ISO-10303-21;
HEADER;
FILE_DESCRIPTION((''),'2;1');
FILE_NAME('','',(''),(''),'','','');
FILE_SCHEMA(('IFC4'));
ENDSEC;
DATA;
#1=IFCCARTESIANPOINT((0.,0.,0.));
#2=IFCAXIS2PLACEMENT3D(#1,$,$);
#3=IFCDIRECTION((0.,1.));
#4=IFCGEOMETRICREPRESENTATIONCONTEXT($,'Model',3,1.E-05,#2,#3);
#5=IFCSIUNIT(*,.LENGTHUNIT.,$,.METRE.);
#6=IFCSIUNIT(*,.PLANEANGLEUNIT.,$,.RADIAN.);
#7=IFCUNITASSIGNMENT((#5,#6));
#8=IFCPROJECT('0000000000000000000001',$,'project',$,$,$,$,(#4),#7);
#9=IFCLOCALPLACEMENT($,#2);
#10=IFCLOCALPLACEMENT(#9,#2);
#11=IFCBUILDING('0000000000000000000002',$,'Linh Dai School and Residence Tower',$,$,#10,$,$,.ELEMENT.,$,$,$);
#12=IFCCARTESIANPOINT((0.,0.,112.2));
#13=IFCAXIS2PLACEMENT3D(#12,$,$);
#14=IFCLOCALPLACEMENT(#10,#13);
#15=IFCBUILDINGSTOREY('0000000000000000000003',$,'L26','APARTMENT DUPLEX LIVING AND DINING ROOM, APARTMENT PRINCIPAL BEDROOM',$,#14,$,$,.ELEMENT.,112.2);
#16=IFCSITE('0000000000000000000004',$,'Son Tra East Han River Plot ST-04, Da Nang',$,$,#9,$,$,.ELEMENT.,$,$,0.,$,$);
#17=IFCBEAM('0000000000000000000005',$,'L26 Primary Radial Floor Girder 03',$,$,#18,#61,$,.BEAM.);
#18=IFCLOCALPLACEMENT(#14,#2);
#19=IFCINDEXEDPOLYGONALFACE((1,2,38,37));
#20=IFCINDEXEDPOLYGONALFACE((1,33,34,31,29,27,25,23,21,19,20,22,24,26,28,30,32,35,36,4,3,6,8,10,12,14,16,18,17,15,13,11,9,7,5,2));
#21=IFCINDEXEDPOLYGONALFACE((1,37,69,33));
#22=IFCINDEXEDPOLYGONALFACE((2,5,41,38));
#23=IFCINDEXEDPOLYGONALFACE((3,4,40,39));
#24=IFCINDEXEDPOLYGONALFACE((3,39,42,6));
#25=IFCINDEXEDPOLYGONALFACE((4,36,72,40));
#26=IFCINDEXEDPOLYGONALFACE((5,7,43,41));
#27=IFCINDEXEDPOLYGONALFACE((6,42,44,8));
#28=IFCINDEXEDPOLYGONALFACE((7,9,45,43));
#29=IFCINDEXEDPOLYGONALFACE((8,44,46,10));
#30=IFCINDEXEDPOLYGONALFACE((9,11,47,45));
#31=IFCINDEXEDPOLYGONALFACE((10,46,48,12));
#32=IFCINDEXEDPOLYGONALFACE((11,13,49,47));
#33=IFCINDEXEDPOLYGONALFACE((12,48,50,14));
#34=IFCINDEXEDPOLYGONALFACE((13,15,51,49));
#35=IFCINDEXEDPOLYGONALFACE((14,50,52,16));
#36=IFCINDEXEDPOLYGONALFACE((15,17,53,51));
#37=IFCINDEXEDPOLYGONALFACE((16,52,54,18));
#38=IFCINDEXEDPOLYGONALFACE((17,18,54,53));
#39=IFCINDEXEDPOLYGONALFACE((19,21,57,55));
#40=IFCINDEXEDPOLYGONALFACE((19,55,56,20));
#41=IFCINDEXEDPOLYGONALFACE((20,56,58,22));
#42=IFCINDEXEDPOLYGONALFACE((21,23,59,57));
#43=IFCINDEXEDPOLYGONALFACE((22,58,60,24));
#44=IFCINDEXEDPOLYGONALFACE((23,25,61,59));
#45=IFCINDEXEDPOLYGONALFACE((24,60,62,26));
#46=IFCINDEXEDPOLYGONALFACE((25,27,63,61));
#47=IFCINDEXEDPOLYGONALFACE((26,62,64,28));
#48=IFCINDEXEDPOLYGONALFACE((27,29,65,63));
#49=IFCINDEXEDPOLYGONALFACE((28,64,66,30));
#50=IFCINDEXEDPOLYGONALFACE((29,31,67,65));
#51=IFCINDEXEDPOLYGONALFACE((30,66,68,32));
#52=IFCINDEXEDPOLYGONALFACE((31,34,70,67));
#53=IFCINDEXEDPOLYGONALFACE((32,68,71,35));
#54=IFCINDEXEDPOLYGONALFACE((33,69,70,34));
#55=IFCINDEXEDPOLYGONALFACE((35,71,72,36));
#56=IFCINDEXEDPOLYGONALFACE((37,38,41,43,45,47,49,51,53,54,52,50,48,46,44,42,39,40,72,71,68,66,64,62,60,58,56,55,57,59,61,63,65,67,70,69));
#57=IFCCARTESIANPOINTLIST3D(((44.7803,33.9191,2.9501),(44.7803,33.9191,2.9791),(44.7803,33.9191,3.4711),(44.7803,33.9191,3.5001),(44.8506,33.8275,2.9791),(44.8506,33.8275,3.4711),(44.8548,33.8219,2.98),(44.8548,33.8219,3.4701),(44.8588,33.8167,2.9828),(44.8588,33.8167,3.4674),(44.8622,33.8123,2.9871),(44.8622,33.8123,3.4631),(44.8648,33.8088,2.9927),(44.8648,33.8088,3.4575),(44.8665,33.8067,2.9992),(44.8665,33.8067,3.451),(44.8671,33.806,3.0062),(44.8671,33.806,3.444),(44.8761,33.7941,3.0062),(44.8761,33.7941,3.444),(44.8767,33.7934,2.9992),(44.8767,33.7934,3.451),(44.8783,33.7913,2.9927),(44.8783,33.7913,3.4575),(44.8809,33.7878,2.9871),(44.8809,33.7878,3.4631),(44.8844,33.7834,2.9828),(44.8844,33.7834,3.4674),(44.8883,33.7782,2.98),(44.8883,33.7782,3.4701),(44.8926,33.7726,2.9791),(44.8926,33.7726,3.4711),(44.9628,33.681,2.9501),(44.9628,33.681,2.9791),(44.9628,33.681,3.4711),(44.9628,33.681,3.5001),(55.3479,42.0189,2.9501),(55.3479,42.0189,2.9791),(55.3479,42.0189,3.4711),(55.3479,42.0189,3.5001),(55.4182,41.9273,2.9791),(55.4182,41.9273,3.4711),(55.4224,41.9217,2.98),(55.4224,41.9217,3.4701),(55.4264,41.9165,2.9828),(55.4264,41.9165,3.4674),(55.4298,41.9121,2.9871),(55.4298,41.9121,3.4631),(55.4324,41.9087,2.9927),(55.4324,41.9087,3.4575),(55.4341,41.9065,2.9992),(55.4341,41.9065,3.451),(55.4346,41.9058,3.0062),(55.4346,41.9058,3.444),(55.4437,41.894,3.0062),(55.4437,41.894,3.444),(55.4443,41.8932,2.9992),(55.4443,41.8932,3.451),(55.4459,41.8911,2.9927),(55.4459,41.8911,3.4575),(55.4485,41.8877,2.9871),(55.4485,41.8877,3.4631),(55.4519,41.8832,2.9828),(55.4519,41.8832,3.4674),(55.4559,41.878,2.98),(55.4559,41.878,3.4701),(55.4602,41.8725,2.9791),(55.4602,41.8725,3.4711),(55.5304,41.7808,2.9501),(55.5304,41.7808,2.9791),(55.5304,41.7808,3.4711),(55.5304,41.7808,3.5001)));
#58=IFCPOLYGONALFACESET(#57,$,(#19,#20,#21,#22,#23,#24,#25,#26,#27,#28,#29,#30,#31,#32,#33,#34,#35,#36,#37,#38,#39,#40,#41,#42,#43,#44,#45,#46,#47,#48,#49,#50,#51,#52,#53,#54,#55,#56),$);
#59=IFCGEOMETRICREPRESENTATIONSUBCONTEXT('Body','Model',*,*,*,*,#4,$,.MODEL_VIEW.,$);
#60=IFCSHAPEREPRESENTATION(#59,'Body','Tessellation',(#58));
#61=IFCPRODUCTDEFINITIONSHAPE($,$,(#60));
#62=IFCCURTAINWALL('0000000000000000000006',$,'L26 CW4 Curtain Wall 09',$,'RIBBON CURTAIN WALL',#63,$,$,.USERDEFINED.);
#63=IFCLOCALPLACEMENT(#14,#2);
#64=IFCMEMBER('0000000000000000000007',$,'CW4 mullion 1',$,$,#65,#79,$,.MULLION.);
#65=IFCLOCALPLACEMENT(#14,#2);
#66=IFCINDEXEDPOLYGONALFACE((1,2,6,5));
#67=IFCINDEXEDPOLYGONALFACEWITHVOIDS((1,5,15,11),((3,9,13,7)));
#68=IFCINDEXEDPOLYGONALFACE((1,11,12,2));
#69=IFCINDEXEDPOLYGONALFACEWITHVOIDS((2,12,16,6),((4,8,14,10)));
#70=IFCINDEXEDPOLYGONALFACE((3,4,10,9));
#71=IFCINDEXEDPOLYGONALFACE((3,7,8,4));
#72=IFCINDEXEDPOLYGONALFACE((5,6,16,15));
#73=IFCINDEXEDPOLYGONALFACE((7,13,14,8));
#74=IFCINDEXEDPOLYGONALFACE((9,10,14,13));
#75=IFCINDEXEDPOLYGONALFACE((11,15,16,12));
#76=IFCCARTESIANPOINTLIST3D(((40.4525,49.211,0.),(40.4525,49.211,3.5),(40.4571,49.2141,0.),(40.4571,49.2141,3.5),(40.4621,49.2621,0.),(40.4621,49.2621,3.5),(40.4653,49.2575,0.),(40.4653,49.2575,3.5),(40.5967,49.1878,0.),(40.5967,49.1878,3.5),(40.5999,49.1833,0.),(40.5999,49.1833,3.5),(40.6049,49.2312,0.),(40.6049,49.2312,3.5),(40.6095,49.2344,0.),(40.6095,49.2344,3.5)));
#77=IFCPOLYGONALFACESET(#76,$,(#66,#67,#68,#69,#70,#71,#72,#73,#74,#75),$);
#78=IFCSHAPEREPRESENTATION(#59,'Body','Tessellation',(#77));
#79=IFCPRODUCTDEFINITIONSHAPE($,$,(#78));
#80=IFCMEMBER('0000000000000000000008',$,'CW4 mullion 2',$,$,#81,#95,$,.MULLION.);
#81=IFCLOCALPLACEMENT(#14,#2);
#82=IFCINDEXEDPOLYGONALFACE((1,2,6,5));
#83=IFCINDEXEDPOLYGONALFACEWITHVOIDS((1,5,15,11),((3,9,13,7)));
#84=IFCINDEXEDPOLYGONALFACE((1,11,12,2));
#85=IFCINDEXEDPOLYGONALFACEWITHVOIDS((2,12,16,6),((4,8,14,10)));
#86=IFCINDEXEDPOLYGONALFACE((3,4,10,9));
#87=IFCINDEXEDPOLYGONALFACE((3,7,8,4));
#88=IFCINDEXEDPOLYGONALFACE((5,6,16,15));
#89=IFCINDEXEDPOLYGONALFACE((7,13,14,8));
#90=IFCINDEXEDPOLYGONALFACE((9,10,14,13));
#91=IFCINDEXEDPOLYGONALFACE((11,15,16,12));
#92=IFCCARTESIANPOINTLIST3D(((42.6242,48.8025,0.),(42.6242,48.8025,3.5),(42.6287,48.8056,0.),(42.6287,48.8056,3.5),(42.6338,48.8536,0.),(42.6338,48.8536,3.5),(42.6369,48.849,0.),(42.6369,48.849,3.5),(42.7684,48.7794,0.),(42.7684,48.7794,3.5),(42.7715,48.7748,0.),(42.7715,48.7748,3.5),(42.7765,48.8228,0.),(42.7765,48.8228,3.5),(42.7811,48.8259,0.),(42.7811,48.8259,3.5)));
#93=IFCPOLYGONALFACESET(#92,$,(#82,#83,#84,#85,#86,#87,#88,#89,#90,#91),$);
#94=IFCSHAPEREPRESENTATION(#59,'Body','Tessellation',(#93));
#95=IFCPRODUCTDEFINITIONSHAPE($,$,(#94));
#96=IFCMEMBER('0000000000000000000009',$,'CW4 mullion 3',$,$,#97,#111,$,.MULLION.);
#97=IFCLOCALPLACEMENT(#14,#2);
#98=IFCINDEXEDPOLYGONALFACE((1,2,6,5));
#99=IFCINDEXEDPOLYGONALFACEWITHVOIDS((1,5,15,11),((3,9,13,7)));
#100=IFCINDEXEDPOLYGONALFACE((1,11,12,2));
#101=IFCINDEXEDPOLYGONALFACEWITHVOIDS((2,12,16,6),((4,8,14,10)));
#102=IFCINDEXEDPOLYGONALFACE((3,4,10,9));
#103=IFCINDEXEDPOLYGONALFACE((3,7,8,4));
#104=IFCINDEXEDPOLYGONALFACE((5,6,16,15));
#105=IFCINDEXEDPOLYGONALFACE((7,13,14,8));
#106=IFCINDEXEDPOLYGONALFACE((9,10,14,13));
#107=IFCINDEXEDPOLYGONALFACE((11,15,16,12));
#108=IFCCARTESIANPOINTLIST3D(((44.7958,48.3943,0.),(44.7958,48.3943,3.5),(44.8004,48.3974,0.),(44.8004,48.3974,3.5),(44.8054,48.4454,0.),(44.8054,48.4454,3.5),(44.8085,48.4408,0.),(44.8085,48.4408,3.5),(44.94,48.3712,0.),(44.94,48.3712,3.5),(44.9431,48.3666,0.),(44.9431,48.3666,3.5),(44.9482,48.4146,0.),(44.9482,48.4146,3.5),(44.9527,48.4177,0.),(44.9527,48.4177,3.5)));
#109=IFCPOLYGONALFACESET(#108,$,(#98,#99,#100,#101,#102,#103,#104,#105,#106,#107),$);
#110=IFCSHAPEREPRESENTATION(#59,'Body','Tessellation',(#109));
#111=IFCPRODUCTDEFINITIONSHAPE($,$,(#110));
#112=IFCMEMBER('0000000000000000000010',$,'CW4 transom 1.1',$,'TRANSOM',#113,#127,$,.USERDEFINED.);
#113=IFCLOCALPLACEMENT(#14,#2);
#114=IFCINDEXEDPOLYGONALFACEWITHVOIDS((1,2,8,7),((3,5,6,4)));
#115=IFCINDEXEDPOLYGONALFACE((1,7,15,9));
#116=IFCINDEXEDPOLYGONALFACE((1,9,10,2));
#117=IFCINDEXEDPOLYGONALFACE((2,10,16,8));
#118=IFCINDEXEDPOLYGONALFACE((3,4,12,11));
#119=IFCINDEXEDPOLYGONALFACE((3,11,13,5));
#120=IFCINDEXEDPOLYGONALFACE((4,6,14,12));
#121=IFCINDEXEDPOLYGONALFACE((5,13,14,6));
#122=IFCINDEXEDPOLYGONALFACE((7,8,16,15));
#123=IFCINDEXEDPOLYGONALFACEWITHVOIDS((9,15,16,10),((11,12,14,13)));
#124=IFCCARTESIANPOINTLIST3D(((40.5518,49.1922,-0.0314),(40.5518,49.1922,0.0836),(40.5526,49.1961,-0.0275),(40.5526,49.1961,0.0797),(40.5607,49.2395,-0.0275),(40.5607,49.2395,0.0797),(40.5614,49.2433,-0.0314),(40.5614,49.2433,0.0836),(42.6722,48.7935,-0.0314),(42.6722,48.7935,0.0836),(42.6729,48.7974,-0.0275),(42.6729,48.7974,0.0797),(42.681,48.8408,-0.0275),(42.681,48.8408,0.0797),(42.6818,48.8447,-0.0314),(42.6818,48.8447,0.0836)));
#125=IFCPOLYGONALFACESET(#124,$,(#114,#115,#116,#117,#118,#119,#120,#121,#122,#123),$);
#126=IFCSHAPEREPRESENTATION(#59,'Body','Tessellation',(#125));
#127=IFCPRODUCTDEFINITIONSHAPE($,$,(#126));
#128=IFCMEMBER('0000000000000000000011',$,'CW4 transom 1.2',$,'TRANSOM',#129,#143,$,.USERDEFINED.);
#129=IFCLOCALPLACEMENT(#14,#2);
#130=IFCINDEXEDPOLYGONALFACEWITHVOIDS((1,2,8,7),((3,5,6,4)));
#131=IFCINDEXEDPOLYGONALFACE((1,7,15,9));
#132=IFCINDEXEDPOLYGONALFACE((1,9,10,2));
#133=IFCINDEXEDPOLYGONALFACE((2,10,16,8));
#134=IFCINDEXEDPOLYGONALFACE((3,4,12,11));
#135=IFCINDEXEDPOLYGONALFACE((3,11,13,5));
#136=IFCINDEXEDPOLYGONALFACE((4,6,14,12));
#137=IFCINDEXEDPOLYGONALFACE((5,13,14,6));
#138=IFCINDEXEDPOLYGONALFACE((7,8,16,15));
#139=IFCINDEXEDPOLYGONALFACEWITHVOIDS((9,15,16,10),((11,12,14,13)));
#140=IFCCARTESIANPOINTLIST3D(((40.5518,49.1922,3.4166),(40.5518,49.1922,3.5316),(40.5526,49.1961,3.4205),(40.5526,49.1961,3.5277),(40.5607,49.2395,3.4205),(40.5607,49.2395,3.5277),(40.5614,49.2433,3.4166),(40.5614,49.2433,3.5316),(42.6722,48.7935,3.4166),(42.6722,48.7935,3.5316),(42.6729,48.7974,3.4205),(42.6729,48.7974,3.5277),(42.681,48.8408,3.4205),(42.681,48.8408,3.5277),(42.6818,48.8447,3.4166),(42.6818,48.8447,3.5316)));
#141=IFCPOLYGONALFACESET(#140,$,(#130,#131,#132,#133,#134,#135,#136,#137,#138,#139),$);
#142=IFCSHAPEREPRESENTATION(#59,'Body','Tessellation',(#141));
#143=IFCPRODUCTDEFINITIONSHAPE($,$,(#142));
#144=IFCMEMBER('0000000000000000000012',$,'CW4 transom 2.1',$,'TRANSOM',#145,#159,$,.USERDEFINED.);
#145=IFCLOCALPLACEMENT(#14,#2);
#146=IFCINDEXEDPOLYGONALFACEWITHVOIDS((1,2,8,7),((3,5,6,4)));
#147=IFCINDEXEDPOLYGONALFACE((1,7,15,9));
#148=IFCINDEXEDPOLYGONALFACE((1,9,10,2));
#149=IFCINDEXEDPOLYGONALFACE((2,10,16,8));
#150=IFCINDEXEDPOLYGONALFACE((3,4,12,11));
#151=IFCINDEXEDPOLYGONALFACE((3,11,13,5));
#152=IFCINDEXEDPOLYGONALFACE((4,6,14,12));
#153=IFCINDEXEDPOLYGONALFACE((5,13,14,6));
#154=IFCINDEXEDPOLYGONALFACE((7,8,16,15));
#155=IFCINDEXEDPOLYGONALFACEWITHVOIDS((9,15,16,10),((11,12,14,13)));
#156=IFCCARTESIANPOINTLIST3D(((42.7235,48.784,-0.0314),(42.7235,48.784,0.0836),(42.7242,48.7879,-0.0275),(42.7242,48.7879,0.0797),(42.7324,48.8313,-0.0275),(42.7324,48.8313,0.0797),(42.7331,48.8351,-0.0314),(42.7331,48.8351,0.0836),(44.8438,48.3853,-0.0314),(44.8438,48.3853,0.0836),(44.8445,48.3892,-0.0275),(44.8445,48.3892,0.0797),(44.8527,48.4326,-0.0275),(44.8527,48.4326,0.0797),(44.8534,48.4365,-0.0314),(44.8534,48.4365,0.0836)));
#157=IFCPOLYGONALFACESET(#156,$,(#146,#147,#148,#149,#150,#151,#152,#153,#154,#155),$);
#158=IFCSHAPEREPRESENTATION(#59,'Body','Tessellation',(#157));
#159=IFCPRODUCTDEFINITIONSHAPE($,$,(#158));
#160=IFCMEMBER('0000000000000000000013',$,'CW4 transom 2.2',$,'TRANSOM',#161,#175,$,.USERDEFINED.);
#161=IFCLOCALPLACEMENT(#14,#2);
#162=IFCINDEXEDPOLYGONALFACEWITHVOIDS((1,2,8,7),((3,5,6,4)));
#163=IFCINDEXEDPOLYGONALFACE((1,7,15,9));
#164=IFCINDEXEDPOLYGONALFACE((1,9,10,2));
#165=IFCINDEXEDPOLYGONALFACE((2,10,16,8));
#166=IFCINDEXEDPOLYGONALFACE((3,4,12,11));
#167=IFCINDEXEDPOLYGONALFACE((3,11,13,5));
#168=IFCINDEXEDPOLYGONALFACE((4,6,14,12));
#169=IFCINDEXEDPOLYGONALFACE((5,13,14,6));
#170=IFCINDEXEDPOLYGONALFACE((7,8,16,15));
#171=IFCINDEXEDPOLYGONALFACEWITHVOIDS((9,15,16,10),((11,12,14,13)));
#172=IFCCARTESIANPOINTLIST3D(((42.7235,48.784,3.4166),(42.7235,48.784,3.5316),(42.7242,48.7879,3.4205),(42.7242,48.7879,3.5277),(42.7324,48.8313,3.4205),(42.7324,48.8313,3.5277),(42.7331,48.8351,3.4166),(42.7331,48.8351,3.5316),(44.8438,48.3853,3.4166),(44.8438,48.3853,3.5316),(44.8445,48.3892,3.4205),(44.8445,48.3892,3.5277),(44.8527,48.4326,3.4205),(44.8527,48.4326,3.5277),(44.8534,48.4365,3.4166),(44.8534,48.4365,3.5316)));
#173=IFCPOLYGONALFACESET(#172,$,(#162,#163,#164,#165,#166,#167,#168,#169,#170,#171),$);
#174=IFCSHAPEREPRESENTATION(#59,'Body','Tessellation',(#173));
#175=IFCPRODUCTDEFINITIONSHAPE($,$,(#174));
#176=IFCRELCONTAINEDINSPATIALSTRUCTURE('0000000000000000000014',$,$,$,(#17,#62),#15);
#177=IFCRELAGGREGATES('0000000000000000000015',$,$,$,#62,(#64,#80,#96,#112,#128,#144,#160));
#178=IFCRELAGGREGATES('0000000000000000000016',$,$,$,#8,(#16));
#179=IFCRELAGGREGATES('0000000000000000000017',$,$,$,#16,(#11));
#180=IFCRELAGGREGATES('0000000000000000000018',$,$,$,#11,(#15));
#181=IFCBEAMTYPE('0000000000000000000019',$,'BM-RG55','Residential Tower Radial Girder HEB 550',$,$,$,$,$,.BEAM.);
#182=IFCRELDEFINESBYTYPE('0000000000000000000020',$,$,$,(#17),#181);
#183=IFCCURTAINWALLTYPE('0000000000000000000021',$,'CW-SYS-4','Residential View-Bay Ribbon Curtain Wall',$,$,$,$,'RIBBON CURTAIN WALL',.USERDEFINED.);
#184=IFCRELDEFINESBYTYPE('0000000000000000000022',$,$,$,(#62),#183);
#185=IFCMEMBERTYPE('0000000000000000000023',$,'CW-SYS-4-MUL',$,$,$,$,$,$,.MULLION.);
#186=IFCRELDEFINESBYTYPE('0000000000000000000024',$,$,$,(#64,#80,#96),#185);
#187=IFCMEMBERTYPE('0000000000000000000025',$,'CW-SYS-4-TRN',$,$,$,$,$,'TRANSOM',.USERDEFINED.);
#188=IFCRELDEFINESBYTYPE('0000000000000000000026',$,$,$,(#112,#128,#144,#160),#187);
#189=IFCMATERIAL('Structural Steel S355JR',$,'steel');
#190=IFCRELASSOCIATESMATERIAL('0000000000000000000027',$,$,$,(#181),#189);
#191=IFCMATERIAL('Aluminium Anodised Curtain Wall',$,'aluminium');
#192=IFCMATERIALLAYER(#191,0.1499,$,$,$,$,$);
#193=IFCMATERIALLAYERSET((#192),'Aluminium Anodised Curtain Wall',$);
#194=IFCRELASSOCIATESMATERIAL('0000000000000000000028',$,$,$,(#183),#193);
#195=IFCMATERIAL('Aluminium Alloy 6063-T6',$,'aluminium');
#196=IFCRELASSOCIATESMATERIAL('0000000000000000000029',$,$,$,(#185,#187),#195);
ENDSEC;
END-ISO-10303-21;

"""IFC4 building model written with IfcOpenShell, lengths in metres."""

from ifc_helpers import new_model, si_unit, direction, frame, origin, origin_2d, place, context, subcontext, project, spatial, hollow_rectangle, i_section, extrude, source, transform, mapped, material, layer, layer_set, material_profile, profile_set, type_object, element, aggregate, save


model = new_model("IFC4")

# Units and contexts
model_context = context("Model", 3, precision=1e-05, world=origin(), true_north=direction((0.0, 1.0)))
body_context = subcontext(model_context, "Body", "Model", "MODEL_VIEW")
ifc_project = project(units=[si_unit("LENGTHUNIT", "METRE"), si_unit("PLANEANGLEUNIT", "RADIAN")], contexts=[model_context])

# Site, building, storey
site_placement = place(None, origin())
site = spatial("IfcSite", under=ifc_project, at=site_placement, Name="Son Tra East Han River Plot ST-04, Da Nang", CompositionType="ELEMENT", RefElevation=0.0)
building_placement = place(site_placement, origin())
building = spatial("IfcBuilding", under=site, at=building_placement, Name="Linh Dai School and Residence Tower", CompositionType="ELEMENT")
storey_placement = place(building_placement, frame((0.0, 0.0, 112.2)))
storey = spatial("IfcBuildingStorey", under=building, at=storey_placement, Name="L26", Description="APARTMENT DUPLEX LIVING AND DINING ROOM, APARTMENT PRINCIPAL BEDROOM", CompositionType="ELEMENT", Elevation=112.2)

# Beam
ifc_material_1 = material(Name="Structural Steel S355JR", Category="steel")
ifc_material_profile_1 = material_profile(ifc_material_1, i_section(OverallWidth=0.3, OverallDepth=0.55, WebThickness=0.0149, FlangeThickness=0.0291, FilletRadius=0.0271, at=origin_2d()), Name="HEB 550")
ifc_profile_set_1 = profile_set([ifc_material_profile_1], Name="Structural Steel S355JR")
beam_type = type_object("IfcBeamType", Name="BM-RG55", Description="Residential Tower Radial Girder HEB 550", PredefinedType="BEAM", material=ifc_profile_set_1)
beam_placement = place(storey_placement, frame((44.8716, 33.8, 3.2251), z_axis=(0.793679, 0.608337, 0.0), x_axis=(-0.608337, 0.793679, 0.0)))
element("IfcBeam", 1, at=beam_placement, inside=storey, type_object=beam_type, Name="L26 Primary Radial Floor Girder 03", PredefinedType="BEAM", context=body_context, shape_type="SweptSolid", body=[
    extrude(i_section(OverallWidth=0.3, OverallDepth=0.55, WebThickness=0.0149, FlangeThickness=0.0291, FilletRadius=0.0271, at=origin_2d()), origin(), (0.0, 0.0, 1.0), 13.3147),
])

# Curtain wall, members
ifc_material_2 = material(Name="Aluminium Anodised Curtain Wall", Category="aluminium")
ifc_layer_1 = layer(ifc_material_2, 0.1499)
ifc_layer_set_1 = layer_set([ifc_layer_1], Name="Aluminium Anodised Curtain Wall")
curtain_wall_type = type_object("IfcCurtainWallType", Name="CW-SYS-4", Description="Residential View-Bay Ribbon Curtain Wall", ElementType="RIBBON CURTAIN WALL", PredefinedType="USERDEFINED", material=ifc_layer_set_1)
curtain_wall_placement = place(storey_placement, origin())
curtain_wall = element("IfcCurtainWall", 2, at=curtain_wall_placement, inside=storey, type_object=curtain_wall_type, Name="L26 CW4 Curtain Wall 09", ObjectType="RIBBON CURTAIN WALL", PredefinedType="USERDEFINED")
ifc_material_3 = material(Name="Aluminium Alloy 6063-T6", Category="aluminium")
ifc_material_profile_2 = material_profile(ifc_material_3, hollow_rectangle(XDim=0.052, YDim=0.1499, WallThickness=0.0039, at=origin_2d()), Name="RHS 150x52x4")
ifc_profile_set_2 = profile_set([ifc_material_profile_2], Name="Aluminium Alloy 6063-T6")
member_type_1 = type_object("IfcMemberType", Name="CW-SYS-4-MUL", PredefinedType="MULLION", material=ifc_profile_set_2)
shared_shape_1 = source(origin(), body_context, "Body", "SweptSolid", [
    extrude(hollow_rectangle(XDim=0.052, YDim=0.1499, WallThickness=0.0039, at=origin_2d()), origin(), (0.0, 0.0, 1.0), 3.5),
])
member_1_placement = place(storey_placement, frame((40.531, 49.2227, 0.0), z_axis=(0.0, 0.0, 1.0), x_axis=(0.184755, 0.982785, 0.0)))
member_1 = element("IfcMember", 3, at=member_1_placement, type_object=member_type_1, Name="CW4 mullion 1", PredefinedType="MULLION", context=body_context, shape_type="MappedRepresentation", body=[
    mapped(shared_shape_1, transform((0.0, 0.0, 0.0), x_axis=(1.0, 0.0, 0.0), y_axis=(0.0, 1.0, 0.0), z_axis=(0.0, 0.0, 1.0), scale=1.0)),
])
member_2_placement = place(storey_placement, frame((42.7026, 48.8142, 0.0), z_axis=(0.0, 0.0, 1.0), x_axis=(0.184755, 0.982785, 0.0)))
member_2 = element("IfcMember", 4, at=member_2_placement, type_object=member_type_1, Name="CW4 mullion 2", PredefinedType="MULLION", context=body_context, shape_type="MappedRepresentation", body=[
    mapped(shared_shape_1, transform((0.0, 0.0, 0.0), x_axis=(1.0, 0.0, 0.0), y_axis=(0.0, 1.0, 0.0), z_axis=(0.0, 0.0, 1.0), scale=1.0)),
])
member_3_placement = place(storey_placement, frame((44.8743, 48.406, 0.0), z_axis=(0.0, 0.0, 1.0), x_axis=(0.184755, 0.982785, 0.0)))
member_3 = element("IfcMember", 5, at=member_3_placement, type_object=member_type_1, Name="CW4 mullion 3", PredefinedType="MULLION", context=body_context, shape_type="MappedRepresentation", body=[
    mapped(shared_shape_1, transform((0.0, 0.0, 0.0), x_axis=(1.0, 0.0, 0.0), y_axis=(0.0, 1.0, 0.0), z_axis=(0.0, 0.0, 1.0), scale=1.0)),
])
ifc_material_profile_3 = material_profile(ifc_material_3, hollow_rectangle(XDim=0.052, YDim=0.115, WallThickness=0.0039, at=origin_2d()), Name="RHS 115x52x4")
ifc_profile_set_3 = profile_set([ifc_material_profile_3], Name="Aluminium Alloy 6063-T6")
member_type_2 = type_object("IfcMemberType", Name="CW-SYS-4-TRN", ElementType="TRANSOM", PredefinedType="USERDEFINED", material=ifc_profile_set_3)
shared_shape_2 = source(origin(), body_context, "Body", "SweptSolid", [
    extrude(hollow_rectangle(XDim=0.052, YDim=0.115, WallThickness=0.0039, at=origin_2d()), origin(), (0.0, 0.0, 1.0), 2.1575),
])
member_4_placement = place(storey_placement, frame((40.5566, 49.2178, 0.0261), z_axis=(0.982779, -0.184787, 0.0), x_axis=(0.184787, 0.982779, 0.0)))
member_4 = element("IfcMember", 6, at=member_4_placement, type_object=member_type_2, Name="CW4 transom 1.1", ObjectType="TRANSOM", PredefinedType="USERDEFINED", context=body_context, shape_type="MappedRepresentation", body=[
    mapped(shared_shape_2, transform((0.0, 0.0, 0.0), x_axis=(1.0, 0.0, 0.0), y_axis=(0.0, 1.0, 0.0), z_axis=(0.0, 0.0, 1.0), scale=1.0)),
])
member_5_placement = place(storey_placement, frame((40.5566, 49.2178, 3.4741), z_axis=(0.982779, -0.184787, 0.0), x_axis=(0.184787, 0.982779, 0.0)))
member_5 = element("IfcMember", 7, at=member_5_placement, type_object=member_type_2, Name="CW4 transom 1.2", ObjectType="TRANSOM", PredefinedType="USERDEFINED", context=body_context, shape_type="MappedRepresentation", body=[
    mapped(shared_shape_2, transform((0.0, 0.0, 0.0), x_axis=(1.0, 0.0, 0.0), y_axis=(0.0, 1.0, 0.0), z_axis=(0.0, 0.0, 1.0), scale=1.0)),
])
member_6_placement = place(storey_placement, frame((42.7283, 48.8096, 0.0261), z_axis=(0.982779, -0.184787, 0.0), x_axis=(0.184787, 0.982779, 0.0)))
member_6 = element("IfcMember", 8, at=member_6_placement, type_object=member_type_2, Name="CW4 transom 2.1", ObjectType="TRANSOM", PredefinedType="USERDEFINED", context=body_context, shape_type="MappedRepresentation", body=[
    mapped(shared_shape_2, transform((0.0, 0.0, 0.0), x_axis=(1.0, 0.0, 0.0), y_axis=(0.0, 1.0, 0.0), z_axis=(0.0, 0.0, 1.0), scale=1.0)),
])
member_7_placement = place(storey_placement, frame((42.7283, 48.8096, 3.4741), z_axis=(0.982779, -0.184787, 0.0), x_axis=(0.184787, 0.982779, 0.0)))
member_7 = element("IfcMember", 9, at=member_7_placement, type_object=member_type_2, Name="CW4 transom 2.2", ObjectType="TRANSOM", PredefinedType="USERDEFINED", context=body_context, shape_type="MappedRepresentation", body=[
    mapped(shared_shape_2, transform((0.0, 0.0, 0.0), x_axis=(1.0, 0.0, 0.0), y_axis=(0.0, 1.0, 0.0), z_axis=(0.0, 0.0, 1.0), scale=1.0)),
])

aggregate(curtain_wall, [member_1, member_2, member_3, member_4, member_5, member_6, member_7])

save(model, "model.ifc")
